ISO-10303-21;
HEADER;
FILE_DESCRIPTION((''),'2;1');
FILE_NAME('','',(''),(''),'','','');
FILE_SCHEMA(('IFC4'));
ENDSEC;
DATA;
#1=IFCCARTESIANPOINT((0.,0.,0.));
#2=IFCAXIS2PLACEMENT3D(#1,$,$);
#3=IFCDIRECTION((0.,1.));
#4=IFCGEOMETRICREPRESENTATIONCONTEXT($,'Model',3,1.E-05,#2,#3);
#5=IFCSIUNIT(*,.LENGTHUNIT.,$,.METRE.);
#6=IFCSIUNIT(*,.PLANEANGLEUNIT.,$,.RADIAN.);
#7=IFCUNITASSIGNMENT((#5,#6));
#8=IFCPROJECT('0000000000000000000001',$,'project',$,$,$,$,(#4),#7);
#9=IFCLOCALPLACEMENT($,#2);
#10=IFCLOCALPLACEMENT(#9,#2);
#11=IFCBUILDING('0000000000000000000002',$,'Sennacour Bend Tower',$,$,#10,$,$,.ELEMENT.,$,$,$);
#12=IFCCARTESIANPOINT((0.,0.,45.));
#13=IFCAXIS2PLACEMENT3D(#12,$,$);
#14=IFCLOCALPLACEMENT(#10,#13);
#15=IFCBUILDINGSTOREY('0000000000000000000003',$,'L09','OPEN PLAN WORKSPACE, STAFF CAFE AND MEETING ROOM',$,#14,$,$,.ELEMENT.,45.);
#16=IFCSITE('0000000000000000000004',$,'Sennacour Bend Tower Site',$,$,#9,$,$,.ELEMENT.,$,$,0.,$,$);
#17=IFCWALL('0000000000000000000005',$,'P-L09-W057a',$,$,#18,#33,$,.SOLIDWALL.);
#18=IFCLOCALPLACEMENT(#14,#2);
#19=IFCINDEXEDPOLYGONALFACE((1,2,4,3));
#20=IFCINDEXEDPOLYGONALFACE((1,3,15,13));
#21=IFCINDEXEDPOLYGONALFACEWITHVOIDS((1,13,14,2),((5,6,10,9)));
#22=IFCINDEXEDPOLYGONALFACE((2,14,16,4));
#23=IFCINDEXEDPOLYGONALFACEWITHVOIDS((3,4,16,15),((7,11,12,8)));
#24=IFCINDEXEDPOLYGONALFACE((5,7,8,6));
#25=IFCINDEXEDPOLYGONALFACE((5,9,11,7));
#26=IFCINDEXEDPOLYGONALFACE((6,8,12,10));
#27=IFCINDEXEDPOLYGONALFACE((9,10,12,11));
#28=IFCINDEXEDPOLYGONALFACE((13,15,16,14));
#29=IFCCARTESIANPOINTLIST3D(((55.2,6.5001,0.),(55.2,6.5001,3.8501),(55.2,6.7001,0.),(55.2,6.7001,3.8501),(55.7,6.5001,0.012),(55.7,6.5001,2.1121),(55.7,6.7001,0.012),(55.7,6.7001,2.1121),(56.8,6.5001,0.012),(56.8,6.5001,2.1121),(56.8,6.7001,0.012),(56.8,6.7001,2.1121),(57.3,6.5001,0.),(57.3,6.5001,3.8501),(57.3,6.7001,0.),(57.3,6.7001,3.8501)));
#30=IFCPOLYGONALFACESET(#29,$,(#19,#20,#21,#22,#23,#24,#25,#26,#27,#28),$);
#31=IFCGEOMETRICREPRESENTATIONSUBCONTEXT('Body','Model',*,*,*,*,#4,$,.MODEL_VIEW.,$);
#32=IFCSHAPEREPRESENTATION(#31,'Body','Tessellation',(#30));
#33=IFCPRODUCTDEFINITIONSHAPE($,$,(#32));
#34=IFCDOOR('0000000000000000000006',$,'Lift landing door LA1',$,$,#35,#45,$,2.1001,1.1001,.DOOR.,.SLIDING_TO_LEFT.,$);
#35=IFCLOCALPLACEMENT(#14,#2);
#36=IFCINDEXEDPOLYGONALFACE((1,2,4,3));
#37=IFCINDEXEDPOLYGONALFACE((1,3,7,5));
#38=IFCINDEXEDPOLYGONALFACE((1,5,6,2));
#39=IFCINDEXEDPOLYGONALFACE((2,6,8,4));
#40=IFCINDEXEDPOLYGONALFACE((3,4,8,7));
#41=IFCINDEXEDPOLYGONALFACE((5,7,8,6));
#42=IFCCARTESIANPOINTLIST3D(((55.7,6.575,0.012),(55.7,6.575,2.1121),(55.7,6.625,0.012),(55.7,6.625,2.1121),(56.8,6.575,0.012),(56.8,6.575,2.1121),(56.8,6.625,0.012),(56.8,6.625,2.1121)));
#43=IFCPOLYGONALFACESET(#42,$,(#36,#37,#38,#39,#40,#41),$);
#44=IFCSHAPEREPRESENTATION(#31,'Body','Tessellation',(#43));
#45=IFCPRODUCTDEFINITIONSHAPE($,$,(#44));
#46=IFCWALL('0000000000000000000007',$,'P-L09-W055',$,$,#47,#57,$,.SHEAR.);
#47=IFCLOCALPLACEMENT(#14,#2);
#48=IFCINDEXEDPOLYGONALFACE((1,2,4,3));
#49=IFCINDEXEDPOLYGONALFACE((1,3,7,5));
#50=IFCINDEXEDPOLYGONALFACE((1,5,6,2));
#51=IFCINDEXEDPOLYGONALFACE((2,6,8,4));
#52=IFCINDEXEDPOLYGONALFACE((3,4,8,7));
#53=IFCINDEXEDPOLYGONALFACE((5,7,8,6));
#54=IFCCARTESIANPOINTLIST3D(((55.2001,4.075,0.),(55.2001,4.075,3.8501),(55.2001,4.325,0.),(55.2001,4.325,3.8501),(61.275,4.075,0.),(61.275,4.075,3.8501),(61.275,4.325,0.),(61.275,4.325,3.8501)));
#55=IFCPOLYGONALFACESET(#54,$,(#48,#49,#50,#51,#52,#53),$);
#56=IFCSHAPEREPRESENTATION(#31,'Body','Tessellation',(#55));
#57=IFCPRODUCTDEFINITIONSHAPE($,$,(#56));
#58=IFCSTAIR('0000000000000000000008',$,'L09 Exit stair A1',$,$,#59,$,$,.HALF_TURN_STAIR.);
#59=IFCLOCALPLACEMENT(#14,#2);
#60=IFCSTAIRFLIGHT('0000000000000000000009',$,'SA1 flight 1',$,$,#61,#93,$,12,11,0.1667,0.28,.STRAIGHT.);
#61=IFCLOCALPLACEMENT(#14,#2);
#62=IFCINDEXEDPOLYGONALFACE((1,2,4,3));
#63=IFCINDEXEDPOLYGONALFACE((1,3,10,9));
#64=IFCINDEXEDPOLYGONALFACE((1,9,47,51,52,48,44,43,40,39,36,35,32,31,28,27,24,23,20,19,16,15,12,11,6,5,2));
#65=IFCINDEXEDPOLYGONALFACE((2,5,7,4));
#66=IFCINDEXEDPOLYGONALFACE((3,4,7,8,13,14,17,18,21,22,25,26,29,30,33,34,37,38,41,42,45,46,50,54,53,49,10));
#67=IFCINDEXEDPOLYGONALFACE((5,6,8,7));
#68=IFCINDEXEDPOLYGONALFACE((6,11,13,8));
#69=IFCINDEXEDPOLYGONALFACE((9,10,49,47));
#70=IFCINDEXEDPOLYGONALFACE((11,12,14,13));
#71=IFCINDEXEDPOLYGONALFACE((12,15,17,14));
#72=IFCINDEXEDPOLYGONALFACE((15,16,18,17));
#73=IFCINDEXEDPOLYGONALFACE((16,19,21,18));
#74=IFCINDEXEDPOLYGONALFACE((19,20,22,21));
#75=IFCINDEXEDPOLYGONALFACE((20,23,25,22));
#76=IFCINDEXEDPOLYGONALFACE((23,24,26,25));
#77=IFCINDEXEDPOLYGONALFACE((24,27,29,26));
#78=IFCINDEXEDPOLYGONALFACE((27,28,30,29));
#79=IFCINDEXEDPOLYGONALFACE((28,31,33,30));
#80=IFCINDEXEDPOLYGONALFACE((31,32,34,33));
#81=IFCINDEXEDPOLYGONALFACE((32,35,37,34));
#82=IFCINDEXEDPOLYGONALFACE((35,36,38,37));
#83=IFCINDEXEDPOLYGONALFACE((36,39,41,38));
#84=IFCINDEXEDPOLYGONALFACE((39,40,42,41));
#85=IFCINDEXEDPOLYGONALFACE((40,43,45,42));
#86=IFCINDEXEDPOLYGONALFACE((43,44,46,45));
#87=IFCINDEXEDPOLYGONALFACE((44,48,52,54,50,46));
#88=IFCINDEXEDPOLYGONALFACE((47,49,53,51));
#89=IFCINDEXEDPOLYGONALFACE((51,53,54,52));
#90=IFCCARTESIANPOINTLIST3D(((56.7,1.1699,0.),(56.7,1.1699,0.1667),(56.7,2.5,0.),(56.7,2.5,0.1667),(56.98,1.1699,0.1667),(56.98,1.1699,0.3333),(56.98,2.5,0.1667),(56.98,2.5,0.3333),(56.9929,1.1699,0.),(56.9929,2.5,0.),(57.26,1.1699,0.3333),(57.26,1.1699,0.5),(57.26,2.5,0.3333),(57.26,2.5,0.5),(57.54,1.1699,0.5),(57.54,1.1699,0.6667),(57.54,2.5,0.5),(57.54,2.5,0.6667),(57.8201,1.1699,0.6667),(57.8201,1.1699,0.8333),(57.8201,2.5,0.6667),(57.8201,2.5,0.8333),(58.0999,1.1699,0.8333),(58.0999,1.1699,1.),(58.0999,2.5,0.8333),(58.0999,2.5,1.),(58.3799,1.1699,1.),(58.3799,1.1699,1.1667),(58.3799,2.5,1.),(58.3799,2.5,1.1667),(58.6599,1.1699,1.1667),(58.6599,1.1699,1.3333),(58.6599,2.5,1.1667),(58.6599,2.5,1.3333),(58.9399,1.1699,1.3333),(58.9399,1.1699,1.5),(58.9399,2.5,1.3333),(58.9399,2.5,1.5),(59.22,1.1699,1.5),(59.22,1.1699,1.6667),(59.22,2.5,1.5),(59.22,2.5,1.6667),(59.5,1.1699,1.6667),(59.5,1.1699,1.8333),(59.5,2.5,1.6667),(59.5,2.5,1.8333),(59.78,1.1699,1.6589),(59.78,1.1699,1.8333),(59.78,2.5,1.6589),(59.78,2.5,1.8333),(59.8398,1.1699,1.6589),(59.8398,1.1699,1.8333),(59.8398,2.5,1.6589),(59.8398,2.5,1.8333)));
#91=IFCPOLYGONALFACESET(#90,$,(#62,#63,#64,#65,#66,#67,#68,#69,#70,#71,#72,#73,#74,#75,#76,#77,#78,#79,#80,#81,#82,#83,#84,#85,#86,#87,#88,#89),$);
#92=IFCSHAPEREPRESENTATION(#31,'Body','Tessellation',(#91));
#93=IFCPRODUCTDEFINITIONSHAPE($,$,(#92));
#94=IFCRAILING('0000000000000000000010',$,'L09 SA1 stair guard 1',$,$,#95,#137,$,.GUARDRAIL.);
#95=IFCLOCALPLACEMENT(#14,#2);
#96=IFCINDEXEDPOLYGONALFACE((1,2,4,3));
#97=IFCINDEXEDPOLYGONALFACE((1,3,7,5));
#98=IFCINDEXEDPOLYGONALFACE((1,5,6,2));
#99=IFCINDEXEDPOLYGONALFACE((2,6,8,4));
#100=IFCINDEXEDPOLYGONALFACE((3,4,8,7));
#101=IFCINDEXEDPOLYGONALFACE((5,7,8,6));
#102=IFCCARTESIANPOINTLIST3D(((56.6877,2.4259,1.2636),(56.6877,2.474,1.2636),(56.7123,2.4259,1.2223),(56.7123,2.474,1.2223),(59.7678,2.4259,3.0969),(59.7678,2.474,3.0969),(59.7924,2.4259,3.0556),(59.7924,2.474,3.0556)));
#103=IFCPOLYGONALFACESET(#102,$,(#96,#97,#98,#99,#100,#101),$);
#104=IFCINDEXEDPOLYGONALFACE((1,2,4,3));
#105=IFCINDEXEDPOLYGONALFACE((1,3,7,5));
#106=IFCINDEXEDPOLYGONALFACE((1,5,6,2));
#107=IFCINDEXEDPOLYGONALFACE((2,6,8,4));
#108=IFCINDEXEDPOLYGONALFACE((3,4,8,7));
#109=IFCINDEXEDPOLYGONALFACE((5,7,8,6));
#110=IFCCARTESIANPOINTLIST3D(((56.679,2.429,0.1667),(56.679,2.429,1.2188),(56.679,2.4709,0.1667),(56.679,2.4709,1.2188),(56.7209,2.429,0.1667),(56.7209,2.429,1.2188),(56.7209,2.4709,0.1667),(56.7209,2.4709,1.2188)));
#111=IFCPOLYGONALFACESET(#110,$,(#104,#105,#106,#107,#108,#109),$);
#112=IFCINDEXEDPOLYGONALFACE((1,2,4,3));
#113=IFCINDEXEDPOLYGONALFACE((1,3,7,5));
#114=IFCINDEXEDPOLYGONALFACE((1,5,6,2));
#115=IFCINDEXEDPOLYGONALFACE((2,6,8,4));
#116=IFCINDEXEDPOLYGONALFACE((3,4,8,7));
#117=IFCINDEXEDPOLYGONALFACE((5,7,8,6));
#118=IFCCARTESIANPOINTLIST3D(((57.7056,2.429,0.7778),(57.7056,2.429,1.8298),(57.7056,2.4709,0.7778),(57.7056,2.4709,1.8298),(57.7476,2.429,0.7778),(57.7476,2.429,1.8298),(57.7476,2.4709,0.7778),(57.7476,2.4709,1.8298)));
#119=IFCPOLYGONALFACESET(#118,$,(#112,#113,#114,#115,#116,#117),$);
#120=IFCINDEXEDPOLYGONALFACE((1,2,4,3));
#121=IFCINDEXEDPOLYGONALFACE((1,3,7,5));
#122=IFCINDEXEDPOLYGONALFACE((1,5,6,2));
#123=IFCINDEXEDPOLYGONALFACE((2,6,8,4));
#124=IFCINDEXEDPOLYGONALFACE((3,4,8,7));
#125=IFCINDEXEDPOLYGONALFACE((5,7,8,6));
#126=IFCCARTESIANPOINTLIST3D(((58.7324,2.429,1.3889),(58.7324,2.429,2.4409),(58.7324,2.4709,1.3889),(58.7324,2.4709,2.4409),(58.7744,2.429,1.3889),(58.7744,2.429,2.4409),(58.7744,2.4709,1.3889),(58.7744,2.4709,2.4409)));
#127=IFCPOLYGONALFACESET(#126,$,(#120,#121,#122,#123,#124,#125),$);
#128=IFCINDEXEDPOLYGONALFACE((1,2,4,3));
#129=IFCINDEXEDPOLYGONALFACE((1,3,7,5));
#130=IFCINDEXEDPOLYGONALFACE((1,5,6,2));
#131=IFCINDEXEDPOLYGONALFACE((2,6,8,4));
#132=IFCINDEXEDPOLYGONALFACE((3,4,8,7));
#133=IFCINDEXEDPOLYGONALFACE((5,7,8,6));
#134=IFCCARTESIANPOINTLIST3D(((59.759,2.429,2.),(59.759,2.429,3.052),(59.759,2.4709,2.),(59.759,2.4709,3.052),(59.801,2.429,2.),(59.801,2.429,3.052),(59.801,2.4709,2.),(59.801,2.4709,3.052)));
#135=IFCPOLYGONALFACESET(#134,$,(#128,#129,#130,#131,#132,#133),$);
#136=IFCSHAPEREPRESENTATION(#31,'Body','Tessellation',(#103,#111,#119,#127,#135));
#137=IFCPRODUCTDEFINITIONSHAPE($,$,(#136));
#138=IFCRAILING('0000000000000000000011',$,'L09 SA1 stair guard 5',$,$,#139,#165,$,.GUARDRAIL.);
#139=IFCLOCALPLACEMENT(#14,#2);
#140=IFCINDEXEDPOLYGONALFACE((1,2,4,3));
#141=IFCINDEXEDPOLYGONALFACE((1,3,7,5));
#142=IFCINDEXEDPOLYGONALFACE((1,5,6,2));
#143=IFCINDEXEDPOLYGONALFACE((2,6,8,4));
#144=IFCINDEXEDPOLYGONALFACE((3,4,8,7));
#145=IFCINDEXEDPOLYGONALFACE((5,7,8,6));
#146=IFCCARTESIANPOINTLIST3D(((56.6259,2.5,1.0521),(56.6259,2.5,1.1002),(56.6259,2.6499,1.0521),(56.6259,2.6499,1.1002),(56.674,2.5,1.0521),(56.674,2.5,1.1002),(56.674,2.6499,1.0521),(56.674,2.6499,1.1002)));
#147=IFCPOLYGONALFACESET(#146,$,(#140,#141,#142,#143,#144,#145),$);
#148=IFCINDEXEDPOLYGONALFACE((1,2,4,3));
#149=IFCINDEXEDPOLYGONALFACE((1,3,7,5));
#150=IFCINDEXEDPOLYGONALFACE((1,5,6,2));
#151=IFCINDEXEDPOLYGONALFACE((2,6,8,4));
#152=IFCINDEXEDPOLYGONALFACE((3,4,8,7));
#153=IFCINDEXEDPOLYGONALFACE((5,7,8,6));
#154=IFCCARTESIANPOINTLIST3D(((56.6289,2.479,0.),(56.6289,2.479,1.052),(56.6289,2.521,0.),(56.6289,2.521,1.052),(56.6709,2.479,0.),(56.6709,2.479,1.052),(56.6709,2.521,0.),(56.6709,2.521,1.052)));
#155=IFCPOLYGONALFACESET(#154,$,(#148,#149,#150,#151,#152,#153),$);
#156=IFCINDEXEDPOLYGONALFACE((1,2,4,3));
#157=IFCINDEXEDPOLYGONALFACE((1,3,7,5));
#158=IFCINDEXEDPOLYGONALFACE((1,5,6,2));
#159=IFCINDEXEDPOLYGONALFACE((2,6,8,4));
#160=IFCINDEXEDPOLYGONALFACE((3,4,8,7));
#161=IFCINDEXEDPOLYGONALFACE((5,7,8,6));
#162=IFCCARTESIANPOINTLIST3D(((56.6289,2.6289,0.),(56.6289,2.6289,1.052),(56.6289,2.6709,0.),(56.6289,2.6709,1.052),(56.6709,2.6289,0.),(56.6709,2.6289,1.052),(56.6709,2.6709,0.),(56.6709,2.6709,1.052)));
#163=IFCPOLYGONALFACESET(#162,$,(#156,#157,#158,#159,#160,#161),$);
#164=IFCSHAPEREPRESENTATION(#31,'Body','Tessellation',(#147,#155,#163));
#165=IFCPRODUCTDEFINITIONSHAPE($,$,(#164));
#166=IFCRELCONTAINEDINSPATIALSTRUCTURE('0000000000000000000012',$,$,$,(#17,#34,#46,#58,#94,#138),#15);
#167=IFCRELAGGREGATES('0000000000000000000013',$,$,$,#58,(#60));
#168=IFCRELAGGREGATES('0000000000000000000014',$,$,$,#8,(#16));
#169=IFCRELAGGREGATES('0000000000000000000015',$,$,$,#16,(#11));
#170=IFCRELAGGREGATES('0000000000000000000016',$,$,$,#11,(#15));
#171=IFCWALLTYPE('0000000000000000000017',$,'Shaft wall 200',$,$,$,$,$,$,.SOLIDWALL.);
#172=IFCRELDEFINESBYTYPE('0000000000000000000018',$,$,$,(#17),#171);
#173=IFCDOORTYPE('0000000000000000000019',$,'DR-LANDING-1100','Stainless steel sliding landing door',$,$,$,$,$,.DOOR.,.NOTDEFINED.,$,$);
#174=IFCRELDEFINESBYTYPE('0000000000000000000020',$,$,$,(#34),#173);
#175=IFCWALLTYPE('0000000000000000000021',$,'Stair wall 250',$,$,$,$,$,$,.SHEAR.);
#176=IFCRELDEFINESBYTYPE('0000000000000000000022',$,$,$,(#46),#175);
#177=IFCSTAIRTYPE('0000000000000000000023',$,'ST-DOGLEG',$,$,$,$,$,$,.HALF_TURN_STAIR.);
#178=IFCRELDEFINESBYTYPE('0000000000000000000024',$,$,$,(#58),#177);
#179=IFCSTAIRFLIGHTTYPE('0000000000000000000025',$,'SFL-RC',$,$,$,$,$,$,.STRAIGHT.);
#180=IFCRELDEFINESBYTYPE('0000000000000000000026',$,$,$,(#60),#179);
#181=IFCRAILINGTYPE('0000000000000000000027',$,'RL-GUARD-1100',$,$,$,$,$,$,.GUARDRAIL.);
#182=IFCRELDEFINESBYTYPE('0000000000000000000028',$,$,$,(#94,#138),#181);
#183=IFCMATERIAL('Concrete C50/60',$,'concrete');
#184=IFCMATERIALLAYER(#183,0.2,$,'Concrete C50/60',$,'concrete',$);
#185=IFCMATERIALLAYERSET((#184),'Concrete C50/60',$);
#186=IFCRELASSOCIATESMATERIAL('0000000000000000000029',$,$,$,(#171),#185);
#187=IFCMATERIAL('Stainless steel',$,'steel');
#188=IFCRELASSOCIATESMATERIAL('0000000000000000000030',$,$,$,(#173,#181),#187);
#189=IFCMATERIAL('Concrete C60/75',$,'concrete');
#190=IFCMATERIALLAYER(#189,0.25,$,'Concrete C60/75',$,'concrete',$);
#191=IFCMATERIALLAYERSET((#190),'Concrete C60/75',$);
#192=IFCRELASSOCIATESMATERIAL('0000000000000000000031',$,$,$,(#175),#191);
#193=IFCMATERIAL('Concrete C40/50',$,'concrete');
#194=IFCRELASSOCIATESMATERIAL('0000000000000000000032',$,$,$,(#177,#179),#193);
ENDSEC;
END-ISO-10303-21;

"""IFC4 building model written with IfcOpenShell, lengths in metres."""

from ifc_helpers import new_model, si_unit, direction, frame, frame_2d, origin, origin_2d, place, context, subcontext, project, spatial, polyline, rectangle, outline, extrude, material, layer, layer_set, type_object, element, fill, aggregate, save


model = new_model("IFC4")

# Units and contexts
model_context = context("Model", 3, precision=1e-05, world=origin(), true_north=direction((0.0, 1.0)))
body_context = subcontext(model_context, "Body", "Model", "MODEL_VIEW")
ifc_project = project(units=[si_unit("LENGTHUNIT", "METRE"), si_unit("PLANEANGLEUNIT", "RADIAN")], contexts=[model_context])

# Site, building, storey
site_placement = place(None, origin())
site = spatial("IfcSite", under=ifc_project, at=site_placement, Name="Sennacour Bend Tower Site", CompositionType="ELEMENT", RefElevation=0.0)
building_placement = place(site_placement, origin())
building = spatial("IfcBuilding", under=site, at=building_placement, Name="Sennacour Bend Tower", CompositionType="ELEMENT")
storey_placement = place(building_placement, frame((0.0, 0.0, 45.0)))
storey = spatial("IfcBuildingStorey", under=building, at=storey_placement, Name="L09", Description="OPEN PLAN WORKSPACE, STAFF CAFE AND MEETING ROOM", CompositionType="ELEMENT", Elevation=45.0)

# Shared definitions
ifc_material_1 = material(Name="Concrete C50/60", Category="concrete")
ifc_layer_1 = layer(ifc_material_1, 0.2, Name="Concrete C50/60", Category="concrete")
ifc_layer_set_1 = layer_set([ifc_layer_1], Name="Concrete C50/60")
wall_type_1 = type_object("IfcWallType", Name="Shaft wall 200", PredefinedType="SOLIDWALL", material=ifc_layer_set_1)

# Wall, opening, door
wall_1_placement = place(storey_placement, frame((55.2, 6.6001, 0.0), z_axis=(0.0, 0.0, 1.0), x_axis=(1.0, 0.0, 0.0)))
wall_1 = element("IfcWall", 1, at=wall_1_placement, inside=storey, type_object=wall_type_1, Name="P-L09-W057a", PredefinedType="SOLIDWALL", context=body_context, shape_type="SweptSolid", body=[
    extrude(rectangle(XDim=2.1001, YDim=0.2, at=frame_2d((1.05, 0.0))), origin(), (0.0, 0.0, 1.0), 3.8501),
])
opening_1_placement = place(wall_1_placement, frame((0.5, 0.0, 0.012)))
opening_1 = element("IfcOpeningElement", 2, at=opening_1_placement, cuts=wall_1, PredefinedType="OPENING", context=body_context, shape_type="SweptSolid", body=[
    extrude(rectangle(XDim=1.1001, YDim=2.1001, at=frame_2d((0.55, 1.05))), frame((0.0, 0.1099, 0.0), z_axis=(0.0, -1.0, 0.0), x_axis=(1.0, 0.0, 0.0)), (0.0, 0.0, 1.0), 0.22),
])
ifc_material_2 = material(Name="Stainless steel", Category="steel")
door_type_1 = type_object("IfcDoorType", Name="DR-LANDING-1100", Description="Stainless steel sliding landing door", OperationType="NOTDEFINED", PredefinedType="DOOR", material=ifc_material_2)
door_1_placement = place(opening_1_placement, origin())
door_1 = element("IfcDoor", 3, at=door_1_placement, inside=storey, type_object=door_type_1, Name="Lift landing door LA1", OperationType="SLIDING_TO_LEFT", OverallHeight=2.1001, OverallWidth=1.1001, PredefinedType="DOOR", context=body_context, shape_type="SweptSolid", body=[
    extrude(rectangle(XDim=1.1001, YDim=2.1001, at=frame_2d((0.55, 1.05))), frame((0.0, 0.0249, 0.0), z_axis=(0.0, -1.0, 0.0), x_axis=(1.0, 0.0, 0.0)), (0.0, 0.0, 1.0), 0.05),
])
fill(opening_1, door_1)

# Wall
ifc_material_3 = material(Name="Concrete C60/75", Category="concrete")
ifc_layer_2 = layer(ifc_material_3, 0.25, Name="Concrete C60/75", Category="concrete")
ifc_layer_set_2 = layer_set([ifc_layer_2], Name="Concrete C60/75")
wall_type_2 = type_object("IfcWallType", Name="Stair wall 250", PredefinedType="SHEAR", material=ifc_layer_set_2)
wall_2_placement = place(storey_placement, frame((55.2, 4.2, 0.0), z_axis=(0.0, 0.0, 1.0), x_axis=(1.0, 0.0, 0.0)))
element("IfcWall", 4, at=wall_2_placement, inside=storey, type_object=wall_type_2, Name="P-L09-W055", PredefinedType="SHEAR", context=body_context, shape_type="SweptSolid", body=[
    extrude(rectangle(XDim=6.075, YDim=0.25, at=frame_2d((3.0376, 0.0))), origin(), (0.0, 0.0, 1.0), 3.8501),
])

# Stair, stair flight
ifc_material_4 = material(Name="Concrete C40/50", Category="concrete")
stair_type = type_object("IfcStairType", Name="ST-DOGLEG", PredefinedType="HALF_TURN_STAIR", material=ifc_material_4)
stair_placement = place(storey_placement, origin())
stair = element("IfcStair", 5, at=stair_placement, inside=storey, type_object=stair_type, Name="L09 Exit stair A1", PredefinedType="HALF_TURN_STAIR")
stair_flight_type = type_object("IfcStairFlightType", Name="SFL-RC", PredefinedType="STRAIGHT", material=ifc_material_4)
stair_flight_placement = place(storey_placement, frame((56.7, 1.835, 0.0), z_axis=(0.0, 0.0, 1.0), x_axis=(1.0, 0.0, 0.0)))
stair_flight = element("IfcStairFlight", 6, at=stair_flight_placement, type_object=stair_flight_type, Name="SA1 flight 1", NumberOfRisers=12, NumberOfTreads=11, PredefinedType="STRAIGHT", RiserHeight=0.1667, TreadLength=0.28, context=body_context, shape_type="SweptSolid", body=[
    extrude(outline(polyline([(0.0, 0.0), (0.0, 0.1667), (0.28, 0.1667), (0.28, 0.3333), (0.5601, 0.3333), (0.5601, 0.5), (0.8401, 0.5), (0.8401, 0.6667), (1.1201, 0.6667), (1.1201, 0.8333), (1.3999, 0.8333), (1.3999, 1.0), (1.6799, 1.0), (1.6799, 1.1667), (1.96, 1.1667), (1.96, 1.3333), (2.24, 1.3333), (2.24, 1.5), (2.52, 1.5), (2.52, 1.6667), (2.8, 1.6667), (2.8, 1.8333), (3.0801, 1.8333), (3.1399, 1.8333), (3.1399, 1.6589), (3.0801, 1.6589), (0.293, 0.0), (0.0, 0.0)])), frame((0.0, 0.665, 0.0), z_axis=(0.0, -1.0, 0.0), x_axis=(1.0, 0.0, 0.0)), (0.0, 0.0, 1.0), 1.3301),
])
aggregate(stair, [stair_flight])

# Railings
railing_type_1 = type_object("IfcRailingType", Name="RL-GUARD-1100", PredefinedType="GUARDRAIL", material=ifc_material_2)
railing_1_placement = place(storey_placement, frame((56.7, 2.45, 0.1667)))
element("IfcRailing", 7, at=railing_1_placement, inside=storey, type_object=railing_type_1, Name="L09 SA1 stair guard 1", PredefinedType="GUARDRAIL", context=body_context, shape_type="SweptSolid", body=[
    extrude(rectangle(XDim=0.0481, YDim=0.0481, at=origin_2d()), frame((0.0, 0.0, 1.0762), z_axis=(0.859309, 0.0, 0.511458), x_axis=(0.0, 1.0, 0.0)), (0.0, 0.0, 1.0), 3.5845),
    extrude(rectangle(XDim=0.042, YDim=0.042, at=origin_2d()), origin(), (0.0, 0.0, 1.0), 1.052),
    extrude(rectangle(XDim=0.042, YDim=0.042, at=origin_2d()), frame((1.0266, 0.0, 0.6111)), (0.0, 0.0, 1.0), 1.052),
    extrude(rectangle(XDim=0.042, YDim=0.042, at=origin_2d()), frame((2.0535, 0.0, 1.2222)), (0.0, 0.0, 1.0), 1.052),
    extrude(rectangle(XDim=0.042, YDim=0.042, at=origin_2d()), frame((3.0801, 0.0, 1.8333)), (0.0, 0.0, 1.0), 1.052),
])
railing_2_placement = place(storey_placement, frame((56.6499, 2.5, 0.0)))
element("IfcRailing", 8, at=railing_2_placement, inside=storey, type_object=railing_type_1, Name="L09 SA1 stair guard 5", PredefinedType="GUARDRAIL", context=body_context, shape_type="SweptSolid", body=[
    extrude(rectangle(XDim=0.0481, YDim=0.0481, at=origin_2d()), frame((0.0, 0.0, 1.0762), z_axis=(0.0, 1.0, 0.0), x_axis=(-1.0, 0.0, 0.0)), (0.0, 0.0, 1.0), 0.1499),
    extrude(rectangle(XDim=0.042, YDim=0.042, at=origin_2d()), origin(), (0.0, 0.0, 1.0), 1.052),
    extrude(rectangle(XDim=0.042, YDim=0.042, at=origin_2d()), frame((0.0, 0.1499, 0.0)), (0.0, 0.0, 1.0), 1.052),
])

save(model, "model.ifc")
